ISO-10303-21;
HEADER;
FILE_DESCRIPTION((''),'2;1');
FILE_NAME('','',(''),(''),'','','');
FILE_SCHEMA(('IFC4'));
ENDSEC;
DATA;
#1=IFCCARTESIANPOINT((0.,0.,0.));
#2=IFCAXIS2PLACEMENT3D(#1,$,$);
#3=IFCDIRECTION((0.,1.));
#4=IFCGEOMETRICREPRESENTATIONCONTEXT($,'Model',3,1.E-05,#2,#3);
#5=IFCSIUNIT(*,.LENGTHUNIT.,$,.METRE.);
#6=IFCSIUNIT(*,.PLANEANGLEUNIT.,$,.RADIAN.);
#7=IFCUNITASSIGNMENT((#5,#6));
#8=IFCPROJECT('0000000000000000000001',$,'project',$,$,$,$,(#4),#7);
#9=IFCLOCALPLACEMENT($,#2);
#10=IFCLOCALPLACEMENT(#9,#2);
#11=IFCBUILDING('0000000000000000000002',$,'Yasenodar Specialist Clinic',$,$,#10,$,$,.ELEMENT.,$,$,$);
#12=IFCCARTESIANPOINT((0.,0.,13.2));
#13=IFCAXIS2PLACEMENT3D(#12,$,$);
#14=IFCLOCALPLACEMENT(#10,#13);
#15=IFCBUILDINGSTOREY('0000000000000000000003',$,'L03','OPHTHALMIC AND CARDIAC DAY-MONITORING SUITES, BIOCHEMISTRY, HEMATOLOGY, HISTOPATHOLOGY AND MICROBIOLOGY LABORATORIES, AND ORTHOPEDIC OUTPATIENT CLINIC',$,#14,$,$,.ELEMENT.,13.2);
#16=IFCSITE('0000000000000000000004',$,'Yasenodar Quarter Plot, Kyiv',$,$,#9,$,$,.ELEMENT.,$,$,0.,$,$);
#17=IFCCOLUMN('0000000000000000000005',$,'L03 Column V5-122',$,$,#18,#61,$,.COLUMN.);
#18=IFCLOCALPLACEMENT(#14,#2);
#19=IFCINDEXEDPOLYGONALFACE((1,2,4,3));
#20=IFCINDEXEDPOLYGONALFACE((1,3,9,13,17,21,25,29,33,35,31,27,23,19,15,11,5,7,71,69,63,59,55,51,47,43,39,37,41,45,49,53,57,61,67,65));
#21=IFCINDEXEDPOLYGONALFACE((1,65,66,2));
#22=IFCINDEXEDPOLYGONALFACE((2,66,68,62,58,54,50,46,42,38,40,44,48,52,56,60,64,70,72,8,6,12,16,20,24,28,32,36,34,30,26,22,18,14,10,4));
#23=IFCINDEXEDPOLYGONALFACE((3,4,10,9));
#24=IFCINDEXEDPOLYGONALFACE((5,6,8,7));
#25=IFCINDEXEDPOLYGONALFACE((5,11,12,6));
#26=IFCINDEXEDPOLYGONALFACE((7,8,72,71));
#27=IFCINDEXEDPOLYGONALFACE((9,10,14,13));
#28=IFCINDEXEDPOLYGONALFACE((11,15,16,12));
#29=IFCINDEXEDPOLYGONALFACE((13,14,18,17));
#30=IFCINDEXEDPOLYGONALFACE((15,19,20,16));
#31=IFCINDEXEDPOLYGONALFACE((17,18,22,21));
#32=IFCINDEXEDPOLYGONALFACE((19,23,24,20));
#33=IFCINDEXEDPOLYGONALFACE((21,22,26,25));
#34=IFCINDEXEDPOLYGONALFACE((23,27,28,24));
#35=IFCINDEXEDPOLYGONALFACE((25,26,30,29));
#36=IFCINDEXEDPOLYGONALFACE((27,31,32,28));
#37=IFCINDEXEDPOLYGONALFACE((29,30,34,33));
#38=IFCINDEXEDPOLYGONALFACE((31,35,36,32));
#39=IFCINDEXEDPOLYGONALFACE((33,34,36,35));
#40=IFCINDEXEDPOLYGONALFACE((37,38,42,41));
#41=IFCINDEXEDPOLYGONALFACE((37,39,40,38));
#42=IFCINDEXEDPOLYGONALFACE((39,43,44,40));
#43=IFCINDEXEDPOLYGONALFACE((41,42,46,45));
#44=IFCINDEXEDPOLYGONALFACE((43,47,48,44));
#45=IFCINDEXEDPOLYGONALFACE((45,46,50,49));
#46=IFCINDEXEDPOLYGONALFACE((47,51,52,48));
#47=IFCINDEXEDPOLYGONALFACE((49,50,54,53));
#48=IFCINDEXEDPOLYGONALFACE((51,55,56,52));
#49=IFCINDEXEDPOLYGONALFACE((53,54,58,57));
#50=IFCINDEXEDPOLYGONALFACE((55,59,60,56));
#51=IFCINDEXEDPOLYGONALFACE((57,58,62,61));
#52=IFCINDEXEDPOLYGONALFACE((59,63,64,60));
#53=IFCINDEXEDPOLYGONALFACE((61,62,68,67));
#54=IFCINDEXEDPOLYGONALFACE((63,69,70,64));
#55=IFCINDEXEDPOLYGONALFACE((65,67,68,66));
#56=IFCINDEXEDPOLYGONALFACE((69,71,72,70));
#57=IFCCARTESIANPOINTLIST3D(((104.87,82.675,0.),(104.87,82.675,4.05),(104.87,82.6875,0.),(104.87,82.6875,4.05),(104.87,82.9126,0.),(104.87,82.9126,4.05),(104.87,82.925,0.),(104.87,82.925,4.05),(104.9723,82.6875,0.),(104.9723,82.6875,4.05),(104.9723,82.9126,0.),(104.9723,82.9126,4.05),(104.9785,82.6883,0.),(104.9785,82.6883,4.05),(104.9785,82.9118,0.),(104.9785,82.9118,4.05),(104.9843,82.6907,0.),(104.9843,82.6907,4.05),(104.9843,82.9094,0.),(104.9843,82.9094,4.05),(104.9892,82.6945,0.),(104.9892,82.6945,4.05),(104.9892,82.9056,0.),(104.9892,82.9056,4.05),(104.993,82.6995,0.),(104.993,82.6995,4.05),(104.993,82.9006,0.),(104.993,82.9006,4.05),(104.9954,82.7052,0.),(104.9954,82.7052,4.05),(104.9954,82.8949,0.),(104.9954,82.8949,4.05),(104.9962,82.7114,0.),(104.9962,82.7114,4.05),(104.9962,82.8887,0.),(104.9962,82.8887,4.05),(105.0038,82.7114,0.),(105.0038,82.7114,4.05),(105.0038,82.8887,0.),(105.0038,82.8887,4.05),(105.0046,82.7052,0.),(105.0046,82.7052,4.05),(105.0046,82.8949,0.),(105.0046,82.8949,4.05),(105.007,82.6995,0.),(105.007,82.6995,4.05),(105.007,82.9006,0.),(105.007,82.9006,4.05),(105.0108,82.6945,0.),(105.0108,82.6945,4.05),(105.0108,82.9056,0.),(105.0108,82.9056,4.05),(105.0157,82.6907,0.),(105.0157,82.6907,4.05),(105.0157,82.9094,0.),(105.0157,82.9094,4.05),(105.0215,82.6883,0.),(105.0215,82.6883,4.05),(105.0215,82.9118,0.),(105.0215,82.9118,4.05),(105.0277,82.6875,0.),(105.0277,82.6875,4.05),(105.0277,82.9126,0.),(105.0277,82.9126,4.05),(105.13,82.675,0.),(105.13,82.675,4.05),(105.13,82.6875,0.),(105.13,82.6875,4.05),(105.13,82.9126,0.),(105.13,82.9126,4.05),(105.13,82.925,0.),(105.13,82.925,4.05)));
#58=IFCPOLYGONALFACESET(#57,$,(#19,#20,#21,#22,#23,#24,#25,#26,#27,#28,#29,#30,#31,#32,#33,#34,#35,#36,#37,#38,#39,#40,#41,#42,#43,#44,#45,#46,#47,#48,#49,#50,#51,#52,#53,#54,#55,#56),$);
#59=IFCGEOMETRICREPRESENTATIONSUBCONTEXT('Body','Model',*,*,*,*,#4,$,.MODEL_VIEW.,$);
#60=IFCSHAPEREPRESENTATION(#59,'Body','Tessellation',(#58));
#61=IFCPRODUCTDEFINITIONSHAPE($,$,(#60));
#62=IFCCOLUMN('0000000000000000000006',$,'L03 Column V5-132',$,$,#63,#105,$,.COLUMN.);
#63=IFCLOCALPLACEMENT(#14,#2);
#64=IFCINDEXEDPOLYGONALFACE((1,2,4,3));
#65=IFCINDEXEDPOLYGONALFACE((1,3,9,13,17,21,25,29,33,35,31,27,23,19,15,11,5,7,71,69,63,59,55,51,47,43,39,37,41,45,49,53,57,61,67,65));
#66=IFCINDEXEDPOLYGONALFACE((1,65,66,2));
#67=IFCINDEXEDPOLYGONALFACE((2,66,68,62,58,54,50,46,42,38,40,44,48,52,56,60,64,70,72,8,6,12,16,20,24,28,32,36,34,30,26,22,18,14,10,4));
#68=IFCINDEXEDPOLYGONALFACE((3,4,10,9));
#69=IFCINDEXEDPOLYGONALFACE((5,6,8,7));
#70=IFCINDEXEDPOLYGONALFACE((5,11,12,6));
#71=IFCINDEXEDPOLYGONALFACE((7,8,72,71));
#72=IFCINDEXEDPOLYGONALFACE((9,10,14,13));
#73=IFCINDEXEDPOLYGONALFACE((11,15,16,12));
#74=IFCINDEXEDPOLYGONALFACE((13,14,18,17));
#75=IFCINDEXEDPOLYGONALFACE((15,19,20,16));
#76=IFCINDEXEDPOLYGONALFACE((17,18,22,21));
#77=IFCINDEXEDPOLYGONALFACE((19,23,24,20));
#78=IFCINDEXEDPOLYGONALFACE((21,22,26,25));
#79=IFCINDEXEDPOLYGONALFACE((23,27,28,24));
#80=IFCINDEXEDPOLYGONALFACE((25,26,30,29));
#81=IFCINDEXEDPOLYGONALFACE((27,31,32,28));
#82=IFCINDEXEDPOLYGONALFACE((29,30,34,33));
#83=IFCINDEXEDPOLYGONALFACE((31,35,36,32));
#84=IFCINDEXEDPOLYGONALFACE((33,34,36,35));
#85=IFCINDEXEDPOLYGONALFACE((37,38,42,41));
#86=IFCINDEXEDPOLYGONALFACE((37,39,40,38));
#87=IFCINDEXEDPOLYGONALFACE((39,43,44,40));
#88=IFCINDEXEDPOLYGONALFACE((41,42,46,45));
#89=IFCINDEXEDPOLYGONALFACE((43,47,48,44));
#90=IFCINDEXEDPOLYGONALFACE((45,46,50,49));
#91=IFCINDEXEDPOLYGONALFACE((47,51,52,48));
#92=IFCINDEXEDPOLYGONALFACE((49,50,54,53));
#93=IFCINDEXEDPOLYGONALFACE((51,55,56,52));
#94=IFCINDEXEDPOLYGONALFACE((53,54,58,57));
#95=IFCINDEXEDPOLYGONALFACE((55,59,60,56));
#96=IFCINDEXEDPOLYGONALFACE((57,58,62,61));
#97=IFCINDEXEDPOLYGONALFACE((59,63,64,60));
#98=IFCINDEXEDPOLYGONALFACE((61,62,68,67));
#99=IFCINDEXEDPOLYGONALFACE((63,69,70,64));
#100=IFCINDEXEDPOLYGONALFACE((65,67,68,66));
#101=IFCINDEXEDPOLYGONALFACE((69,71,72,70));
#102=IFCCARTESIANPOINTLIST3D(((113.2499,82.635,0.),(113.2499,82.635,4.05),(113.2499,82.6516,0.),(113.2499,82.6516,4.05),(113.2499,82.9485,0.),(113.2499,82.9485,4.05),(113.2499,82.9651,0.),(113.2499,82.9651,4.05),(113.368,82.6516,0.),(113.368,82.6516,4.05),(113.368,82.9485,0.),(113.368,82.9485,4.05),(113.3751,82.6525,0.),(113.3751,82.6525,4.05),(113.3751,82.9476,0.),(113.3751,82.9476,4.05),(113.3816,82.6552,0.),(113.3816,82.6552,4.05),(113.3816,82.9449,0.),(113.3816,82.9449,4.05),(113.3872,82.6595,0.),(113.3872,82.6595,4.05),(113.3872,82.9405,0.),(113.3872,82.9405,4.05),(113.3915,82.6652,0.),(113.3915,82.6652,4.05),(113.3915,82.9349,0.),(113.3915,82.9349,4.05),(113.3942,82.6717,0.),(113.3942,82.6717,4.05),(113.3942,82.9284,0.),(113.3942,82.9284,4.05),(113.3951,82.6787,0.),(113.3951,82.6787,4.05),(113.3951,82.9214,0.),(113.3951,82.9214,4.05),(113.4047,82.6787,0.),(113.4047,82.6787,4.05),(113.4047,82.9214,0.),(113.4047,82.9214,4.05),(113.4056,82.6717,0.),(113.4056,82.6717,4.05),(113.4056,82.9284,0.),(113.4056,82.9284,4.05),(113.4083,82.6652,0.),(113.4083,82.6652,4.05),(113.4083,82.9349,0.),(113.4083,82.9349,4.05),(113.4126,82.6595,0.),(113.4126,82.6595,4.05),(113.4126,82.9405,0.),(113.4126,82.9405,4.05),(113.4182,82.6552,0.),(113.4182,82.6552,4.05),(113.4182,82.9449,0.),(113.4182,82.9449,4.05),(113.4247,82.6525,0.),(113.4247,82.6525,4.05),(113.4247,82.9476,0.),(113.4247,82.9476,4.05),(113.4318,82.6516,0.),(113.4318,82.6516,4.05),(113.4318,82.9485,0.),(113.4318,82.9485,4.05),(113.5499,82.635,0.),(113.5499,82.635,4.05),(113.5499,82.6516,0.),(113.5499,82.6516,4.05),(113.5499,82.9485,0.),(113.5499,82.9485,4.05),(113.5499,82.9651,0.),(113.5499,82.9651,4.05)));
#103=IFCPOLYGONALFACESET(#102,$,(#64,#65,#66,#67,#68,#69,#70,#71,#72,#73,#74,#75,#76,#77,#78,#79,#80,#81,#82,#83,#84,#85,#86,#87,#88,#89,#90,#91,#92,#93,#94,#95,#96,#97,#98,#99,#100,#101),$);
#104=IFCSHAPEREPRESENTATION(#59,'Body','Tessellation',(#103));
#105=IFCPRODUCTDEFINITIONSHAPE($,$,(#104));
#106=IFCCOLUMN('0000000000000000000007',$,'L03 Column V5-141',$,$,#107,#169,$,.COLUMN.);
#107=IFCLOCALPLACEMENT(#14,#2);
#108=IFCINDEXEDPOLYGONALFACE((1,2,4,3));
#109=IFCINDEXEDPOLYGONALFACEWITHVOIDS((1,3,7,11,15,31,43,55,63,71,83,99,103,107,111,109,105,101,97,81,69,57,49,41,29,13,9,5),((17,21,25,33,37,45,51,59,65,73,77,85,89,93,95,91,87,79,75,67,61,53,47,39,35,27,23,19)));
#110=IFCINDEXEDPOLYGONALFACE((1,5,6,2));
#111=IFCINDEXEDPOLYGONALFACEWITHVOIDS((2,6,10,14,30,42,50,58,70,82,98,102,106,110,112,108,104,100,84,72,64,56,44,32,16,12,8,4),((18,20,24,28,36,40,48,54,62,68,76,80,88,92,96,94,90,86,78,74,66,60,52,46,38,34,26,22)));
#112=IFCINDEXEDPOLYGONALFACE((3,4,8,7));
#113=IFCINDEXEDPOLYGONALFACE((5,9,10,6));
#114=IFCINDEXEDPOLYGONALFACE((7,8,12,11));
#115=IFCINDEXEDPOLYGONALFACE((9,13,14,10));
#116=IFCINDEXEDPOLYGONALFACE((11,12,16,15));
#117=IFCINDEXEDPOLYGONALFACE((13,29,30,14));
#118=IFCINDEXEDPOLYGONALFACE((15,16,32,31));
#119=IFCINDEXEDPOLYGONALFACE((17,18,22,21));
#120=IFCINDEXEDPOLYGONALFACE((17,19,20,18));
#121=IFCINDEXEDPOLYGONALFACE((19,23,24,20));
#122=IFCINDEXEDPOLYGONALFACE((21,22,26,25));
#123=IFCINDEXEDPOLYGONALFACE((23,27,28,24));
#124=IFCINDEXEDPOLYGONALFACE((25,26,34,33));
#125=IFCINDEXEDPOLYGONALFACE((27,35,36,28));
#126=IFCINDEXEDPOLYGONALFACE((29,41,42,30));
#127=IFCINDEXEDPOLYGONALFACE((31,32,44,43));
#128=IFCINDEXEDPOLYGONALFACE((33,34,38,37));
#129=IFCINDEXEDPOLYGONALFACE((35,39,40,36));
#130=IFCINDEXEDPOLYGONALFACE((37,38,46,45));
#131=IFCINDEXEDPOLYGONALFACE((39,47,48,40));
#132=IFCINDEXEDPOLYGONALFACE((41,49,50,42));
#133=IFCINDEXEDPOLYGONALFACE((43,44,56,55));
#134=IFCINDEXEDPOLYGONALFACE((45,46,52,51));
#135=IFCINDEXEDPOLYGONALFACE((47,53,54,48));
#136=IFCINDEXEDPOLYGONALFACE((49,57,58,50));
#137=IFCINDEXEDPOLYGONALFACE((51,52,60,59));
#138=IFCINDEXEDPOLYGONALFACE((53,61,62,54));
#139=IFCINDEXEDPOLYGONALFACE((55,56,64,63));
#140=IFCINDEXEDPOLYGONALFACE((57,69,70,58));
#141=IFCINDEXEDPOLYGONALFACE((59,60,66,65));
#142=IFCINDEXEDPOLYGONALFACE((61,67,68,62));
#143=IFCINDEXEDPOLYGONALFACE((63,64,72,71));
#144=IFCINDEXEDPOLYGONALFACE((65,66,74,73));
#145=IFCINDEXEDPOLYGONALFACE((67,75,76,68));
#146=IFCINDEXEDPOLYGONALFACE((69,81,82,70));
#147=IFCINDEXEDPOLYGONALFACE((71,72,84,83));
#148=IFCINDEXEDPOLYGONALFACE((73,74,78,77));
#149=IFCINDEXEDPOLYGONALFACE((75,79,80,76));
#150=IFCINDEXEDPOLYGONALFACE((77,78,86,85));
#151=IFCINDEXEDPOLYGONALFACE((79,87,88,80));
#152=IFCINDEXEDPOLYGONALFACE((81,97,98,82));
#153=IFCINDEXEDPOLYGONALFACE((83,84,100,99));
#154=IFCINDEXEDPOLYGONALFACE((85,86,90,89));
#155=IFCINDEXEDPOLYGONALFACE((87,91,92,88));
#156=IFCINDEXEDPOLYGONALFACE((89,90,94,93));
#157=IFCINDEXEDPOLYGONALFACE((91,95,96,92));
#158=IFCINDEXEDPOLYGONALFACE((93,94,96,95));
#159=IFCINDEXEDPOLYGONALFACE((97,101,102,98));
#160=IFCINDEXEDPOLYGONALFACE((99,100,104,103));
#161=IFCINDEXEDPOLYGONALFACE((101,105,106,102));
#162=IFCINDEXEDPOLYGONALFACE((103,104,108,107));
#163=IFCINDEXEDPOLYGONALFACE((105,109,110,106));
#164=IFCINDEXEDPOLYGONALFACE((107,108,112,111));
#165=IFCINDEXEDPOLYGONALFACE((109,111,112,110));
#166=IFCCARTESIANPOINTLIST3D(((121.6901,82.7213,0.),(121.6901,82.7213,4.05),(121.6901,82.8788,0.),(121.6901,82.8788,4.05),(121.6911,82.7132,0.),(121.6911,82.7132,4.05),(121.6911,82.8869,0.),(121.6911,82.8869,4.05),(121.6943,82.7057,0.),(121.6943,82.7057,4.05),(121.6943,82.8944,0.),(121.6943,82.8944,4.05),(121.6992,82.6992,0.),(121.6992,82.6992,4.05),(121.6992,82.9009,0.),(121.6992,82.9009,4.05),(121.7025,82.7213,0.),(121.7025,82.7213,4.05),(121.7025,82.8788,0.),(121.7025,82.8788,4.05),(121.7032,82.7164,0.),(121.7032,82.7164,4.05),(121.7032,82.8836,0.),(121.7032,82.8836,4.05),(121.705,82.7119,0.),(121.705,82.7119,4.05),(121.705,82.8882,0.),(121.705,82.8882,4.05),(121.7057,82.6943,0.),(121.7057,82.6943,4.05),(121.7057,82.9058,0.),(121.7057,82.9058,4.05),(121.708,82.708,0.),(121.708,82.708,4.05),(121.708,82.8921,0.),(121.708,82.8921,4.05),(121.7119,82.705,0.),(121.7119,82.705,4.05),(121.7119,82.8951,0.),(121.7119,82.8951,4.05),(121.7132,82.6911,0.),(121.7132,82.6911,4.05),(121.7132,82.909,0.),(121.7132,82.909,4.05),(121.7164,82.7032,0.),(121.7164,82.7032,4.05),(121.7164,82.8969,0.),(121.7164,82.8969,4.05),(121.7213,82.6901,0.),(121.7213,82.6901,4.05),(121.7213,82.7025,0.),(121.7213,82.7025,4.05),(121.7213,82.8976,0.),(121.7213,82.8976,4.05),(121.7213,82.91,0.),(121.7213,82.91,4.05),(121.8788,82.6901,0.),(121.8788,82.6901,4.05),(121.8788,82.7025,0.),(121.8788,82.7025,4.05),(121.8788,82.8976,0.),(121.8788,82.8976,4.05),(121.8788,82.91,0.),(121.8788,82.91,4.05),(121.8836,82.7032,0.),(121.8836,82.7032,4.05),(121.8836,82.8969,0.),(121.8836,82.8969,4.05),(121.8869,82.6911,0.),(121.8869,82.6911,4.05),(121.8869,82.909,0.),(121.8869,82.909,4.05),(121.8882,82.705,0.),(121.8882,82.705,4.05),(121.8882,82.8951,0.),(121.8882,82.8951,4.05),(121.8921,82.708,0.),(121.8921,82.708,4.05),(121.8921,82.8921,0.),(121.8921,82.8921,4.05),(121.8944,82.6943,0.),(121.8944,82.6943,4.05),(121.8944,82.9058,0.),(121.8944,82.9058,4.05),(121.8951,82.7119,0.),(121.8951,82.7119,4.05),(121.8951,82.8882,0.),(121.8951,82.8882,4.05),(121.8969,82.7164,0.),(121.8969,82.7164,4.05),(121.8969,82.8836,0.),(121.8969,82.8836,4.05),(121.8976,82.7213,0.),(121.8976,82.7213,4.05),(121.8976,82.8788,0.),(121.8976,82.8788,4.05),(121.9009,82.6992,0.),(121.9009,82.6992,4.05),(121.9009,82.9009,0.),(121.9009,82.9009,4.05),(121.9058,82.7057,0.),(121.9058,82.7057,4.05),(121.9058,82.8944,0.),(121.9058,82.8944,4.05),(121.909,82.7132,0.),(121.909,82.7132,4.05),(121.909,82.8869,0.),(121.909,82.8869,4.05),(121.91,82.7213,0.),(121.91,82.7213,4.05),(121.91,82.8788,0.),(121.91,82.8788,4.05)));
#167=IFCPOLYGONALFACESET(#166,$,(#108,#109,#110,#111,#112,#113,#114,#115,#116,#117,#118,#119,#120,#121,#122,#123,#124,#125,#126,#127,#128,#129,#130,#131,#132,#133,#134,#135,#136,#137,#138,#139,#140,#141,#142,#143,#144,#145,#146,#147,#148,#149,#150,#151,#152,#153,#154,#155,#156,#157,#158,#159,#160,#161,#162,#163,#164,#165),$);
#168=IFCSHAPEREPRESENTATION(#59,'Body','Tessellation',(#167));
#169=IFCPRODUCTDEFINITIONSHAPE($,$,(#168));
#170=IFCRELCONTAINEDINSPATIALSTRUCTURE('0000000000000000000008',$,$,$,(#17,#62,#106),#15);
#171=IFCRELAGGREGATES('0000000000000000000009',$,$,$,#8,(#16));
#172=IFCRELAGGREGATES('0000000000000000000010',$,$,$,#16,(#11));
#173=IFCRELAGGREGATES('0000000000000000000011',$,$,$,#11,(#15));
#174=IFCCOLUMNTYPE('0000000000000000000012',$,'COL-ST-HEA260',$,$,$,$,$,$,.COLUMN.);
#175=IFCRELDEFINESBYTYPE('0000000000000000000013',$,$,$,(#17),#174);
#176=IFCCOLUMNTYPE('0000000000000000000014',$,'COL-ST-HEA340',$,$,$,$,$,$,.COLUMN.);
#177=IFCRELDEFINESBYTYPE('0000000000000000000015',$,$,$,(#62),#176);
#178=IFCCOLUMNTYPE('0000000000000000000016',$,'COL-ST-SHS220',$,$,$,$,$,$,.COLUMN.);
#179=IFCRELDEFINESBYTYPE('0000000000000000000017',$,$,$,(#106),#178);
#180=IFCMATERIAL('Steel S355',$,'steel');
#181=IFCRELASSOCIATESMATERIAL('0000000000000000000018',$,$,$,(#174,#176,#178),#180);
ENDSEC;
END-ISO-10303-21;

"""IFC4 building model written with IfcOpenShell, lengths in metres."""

from ifc_helpers import new_model, si_unit, direction, frame, origin, origin_2d, place, context, subcontext, project, spatial, hollow_rectangle, i_section, extrude, material, material_profile, profile_set, type_object, element, save


model = new_model("IFC4")

# Units and contexts
model_context = context("Model", 3, precision=1e-05, world=origin(), true_north=direction((0.0, 1.0)))
body_context = subcontext(model_context, "Body", "Model", "MODEL_VIEW")
ifc_project = project(units=[si_unit("LENGTHUNIT", "METRE"), si_unit("PLANEANGLEUNIT", "RADIAN")], contexts=[model_context])

# Site, building, storey
site_placement = place(None, origin())
site = spatial("IfcSite", under=ifc_project, at=site_placement, Name="Yasenodar Quarter Plot, Kyiv", CompositionType="ELEMENT", RefElevation=0.0)
building_placement = place(site_placement, origin())
building = spatial("IfcBuilding", under=site, at=building_placement, Name="Yasenodar Specialist Clinic", CompositionType="ELEMENT")
storey_placement = place(building_placement, frame((0.0, 0.0, 13.2)))
storey = spatial("IfcBuildingStorey", under=building, at=storey_placement, Name="L03", Description="OPHTHALMIC AND CARDIAC DAY-MONITORING SUITES, BIOCHEMISTRY, HEMATOLOGY, HISTOPATHOLOGY AND MICROBIOLOGY LABORATORIES, AND ORTHOPEDIC OUTPATIENT CLINIC", CompositionType="ELEMENT", Elevation=13.2)

# Columns
ifc_material_1 = material(Name="Steel S355", Category="steel")
ifc_material_profile_1 = material_profile(ifc_material_1, i_section(OverallWidth=0.26, OverallDepth=0.25, WebThickness=0.0076, FlangeThickness=0.0125, FilletRadius=0.0239, at=origin_2d()), Name="HEA 260")
ifc_profile_set_1 = profile_set([ifc_material_profile_1], Name="Steel S355")
column_type_1 = type_object("IfcColumnType", Name="COL-ST-HEA260", PredefinedType="COLUMN", material=ifc_profile_set_1)
column_1_placement = place(storey_placement, frame((105.0, 82.8, 0.0), z_axis=(0.0, 0.0, 1.0), x_axis=(1.0, 0.0, 0.0)))
element("IfcColumn", 1, at=column_1_placement, inside=storey, type_object=column_type_1, Name="L03 Column V5-122", PredefinedType="COLUMN", context=body_context, shape_type="SweptSolid", body=[
    extrude(i_section(OverallWidth=0.26, OverallDepth=0.25, WebThickness=0.0076, FlangeThickness=0.0125, FilletRadius=0.0239, at=origin_2d()), origin(), (0.0, 0.0, 1.0), 4.05),
])
ifc_material_profile_2 = material_profile(ifc_material_1, i_section(OverallWidth=0.3, OverallDepth=0.3301, WebThickness=0.0095, FlangeThickness=0.0166, FilletRadius=0.0271, at=origin_2d()), Name="HEA 340")
ifc_profile_set_2 = profile_set([ifc_material_profile_2], Name="Steel S355")
column_type_2 = type_object("IfcColumnType", Name="COL-ST-HEA340", PredefinedType="COLUMN", material=ifc_profile_set_2)
column_2_placement = place(storey_placement, frame((113.3999, 82.8, 0.0), z_axis=(0.0, 0.0, 1.0), x_axis=(1.0, 0.0, 0.0)))
element("IfcColumn", 2, at=column_2_placement, inside=storey, type_object=column_type_2, Name="L03 Column V5-132", PredefinedType="COLUMN", context=body_context, shape_type="SweptSolid", body=[
    extrude(i_section(OverallWidth=0.3, OverallDepth=0.3301, WebThickness=0.0095, FlangeThickness=0.0166, FilletRadius=0.0271, at=origin_2d()), origin(), (0.0, 0.0, 1.0), 4.05),
])
ifc_material_profile_3 = material_profile(ifc_material_1, hollow_rectangle(XDim=0.22, YDim=0.22, WallThickness=0.0125, InnerFilletRadius=0.0188, OuterFilletRadius=0.0312, at=origin_2d()), Name="SHS 220x220x12.5")
ifc_profile_set_3 = profile_set([ifc_material_profile_3], Name="Steel S355")
column_type_3 = type_object("IfcColumnType", Name="COL-ST-SHS220", PredefinedType="COLUMN", material=ifc_profile_set_3)
column_3_placement = place(storey_placement, frame((121.8, 82.8, 0.0), z_axis=(0.0, 0.0, 1.0), x_axis=(1.0, 0.0, 0.0)))
element("IfcColumn", 3, at=column_3_placement, inside=storey, type_object=column_type_3, Name="L03 Column V5-141", PredefinedType="COLUMN", context=body_context, shape_type="SweptSolid", body=[
    extrude(hollow_rectangle(XDim=0.22, YDim=0.22, WallThickness=0.0125, InnerFilletRadius=0.0188, OuterFilletRadius=0.0312, at=origin_2d()), origin(), (0.0, 0.0, 1.0), 4.05),
])

save(model, "model.ifc")
